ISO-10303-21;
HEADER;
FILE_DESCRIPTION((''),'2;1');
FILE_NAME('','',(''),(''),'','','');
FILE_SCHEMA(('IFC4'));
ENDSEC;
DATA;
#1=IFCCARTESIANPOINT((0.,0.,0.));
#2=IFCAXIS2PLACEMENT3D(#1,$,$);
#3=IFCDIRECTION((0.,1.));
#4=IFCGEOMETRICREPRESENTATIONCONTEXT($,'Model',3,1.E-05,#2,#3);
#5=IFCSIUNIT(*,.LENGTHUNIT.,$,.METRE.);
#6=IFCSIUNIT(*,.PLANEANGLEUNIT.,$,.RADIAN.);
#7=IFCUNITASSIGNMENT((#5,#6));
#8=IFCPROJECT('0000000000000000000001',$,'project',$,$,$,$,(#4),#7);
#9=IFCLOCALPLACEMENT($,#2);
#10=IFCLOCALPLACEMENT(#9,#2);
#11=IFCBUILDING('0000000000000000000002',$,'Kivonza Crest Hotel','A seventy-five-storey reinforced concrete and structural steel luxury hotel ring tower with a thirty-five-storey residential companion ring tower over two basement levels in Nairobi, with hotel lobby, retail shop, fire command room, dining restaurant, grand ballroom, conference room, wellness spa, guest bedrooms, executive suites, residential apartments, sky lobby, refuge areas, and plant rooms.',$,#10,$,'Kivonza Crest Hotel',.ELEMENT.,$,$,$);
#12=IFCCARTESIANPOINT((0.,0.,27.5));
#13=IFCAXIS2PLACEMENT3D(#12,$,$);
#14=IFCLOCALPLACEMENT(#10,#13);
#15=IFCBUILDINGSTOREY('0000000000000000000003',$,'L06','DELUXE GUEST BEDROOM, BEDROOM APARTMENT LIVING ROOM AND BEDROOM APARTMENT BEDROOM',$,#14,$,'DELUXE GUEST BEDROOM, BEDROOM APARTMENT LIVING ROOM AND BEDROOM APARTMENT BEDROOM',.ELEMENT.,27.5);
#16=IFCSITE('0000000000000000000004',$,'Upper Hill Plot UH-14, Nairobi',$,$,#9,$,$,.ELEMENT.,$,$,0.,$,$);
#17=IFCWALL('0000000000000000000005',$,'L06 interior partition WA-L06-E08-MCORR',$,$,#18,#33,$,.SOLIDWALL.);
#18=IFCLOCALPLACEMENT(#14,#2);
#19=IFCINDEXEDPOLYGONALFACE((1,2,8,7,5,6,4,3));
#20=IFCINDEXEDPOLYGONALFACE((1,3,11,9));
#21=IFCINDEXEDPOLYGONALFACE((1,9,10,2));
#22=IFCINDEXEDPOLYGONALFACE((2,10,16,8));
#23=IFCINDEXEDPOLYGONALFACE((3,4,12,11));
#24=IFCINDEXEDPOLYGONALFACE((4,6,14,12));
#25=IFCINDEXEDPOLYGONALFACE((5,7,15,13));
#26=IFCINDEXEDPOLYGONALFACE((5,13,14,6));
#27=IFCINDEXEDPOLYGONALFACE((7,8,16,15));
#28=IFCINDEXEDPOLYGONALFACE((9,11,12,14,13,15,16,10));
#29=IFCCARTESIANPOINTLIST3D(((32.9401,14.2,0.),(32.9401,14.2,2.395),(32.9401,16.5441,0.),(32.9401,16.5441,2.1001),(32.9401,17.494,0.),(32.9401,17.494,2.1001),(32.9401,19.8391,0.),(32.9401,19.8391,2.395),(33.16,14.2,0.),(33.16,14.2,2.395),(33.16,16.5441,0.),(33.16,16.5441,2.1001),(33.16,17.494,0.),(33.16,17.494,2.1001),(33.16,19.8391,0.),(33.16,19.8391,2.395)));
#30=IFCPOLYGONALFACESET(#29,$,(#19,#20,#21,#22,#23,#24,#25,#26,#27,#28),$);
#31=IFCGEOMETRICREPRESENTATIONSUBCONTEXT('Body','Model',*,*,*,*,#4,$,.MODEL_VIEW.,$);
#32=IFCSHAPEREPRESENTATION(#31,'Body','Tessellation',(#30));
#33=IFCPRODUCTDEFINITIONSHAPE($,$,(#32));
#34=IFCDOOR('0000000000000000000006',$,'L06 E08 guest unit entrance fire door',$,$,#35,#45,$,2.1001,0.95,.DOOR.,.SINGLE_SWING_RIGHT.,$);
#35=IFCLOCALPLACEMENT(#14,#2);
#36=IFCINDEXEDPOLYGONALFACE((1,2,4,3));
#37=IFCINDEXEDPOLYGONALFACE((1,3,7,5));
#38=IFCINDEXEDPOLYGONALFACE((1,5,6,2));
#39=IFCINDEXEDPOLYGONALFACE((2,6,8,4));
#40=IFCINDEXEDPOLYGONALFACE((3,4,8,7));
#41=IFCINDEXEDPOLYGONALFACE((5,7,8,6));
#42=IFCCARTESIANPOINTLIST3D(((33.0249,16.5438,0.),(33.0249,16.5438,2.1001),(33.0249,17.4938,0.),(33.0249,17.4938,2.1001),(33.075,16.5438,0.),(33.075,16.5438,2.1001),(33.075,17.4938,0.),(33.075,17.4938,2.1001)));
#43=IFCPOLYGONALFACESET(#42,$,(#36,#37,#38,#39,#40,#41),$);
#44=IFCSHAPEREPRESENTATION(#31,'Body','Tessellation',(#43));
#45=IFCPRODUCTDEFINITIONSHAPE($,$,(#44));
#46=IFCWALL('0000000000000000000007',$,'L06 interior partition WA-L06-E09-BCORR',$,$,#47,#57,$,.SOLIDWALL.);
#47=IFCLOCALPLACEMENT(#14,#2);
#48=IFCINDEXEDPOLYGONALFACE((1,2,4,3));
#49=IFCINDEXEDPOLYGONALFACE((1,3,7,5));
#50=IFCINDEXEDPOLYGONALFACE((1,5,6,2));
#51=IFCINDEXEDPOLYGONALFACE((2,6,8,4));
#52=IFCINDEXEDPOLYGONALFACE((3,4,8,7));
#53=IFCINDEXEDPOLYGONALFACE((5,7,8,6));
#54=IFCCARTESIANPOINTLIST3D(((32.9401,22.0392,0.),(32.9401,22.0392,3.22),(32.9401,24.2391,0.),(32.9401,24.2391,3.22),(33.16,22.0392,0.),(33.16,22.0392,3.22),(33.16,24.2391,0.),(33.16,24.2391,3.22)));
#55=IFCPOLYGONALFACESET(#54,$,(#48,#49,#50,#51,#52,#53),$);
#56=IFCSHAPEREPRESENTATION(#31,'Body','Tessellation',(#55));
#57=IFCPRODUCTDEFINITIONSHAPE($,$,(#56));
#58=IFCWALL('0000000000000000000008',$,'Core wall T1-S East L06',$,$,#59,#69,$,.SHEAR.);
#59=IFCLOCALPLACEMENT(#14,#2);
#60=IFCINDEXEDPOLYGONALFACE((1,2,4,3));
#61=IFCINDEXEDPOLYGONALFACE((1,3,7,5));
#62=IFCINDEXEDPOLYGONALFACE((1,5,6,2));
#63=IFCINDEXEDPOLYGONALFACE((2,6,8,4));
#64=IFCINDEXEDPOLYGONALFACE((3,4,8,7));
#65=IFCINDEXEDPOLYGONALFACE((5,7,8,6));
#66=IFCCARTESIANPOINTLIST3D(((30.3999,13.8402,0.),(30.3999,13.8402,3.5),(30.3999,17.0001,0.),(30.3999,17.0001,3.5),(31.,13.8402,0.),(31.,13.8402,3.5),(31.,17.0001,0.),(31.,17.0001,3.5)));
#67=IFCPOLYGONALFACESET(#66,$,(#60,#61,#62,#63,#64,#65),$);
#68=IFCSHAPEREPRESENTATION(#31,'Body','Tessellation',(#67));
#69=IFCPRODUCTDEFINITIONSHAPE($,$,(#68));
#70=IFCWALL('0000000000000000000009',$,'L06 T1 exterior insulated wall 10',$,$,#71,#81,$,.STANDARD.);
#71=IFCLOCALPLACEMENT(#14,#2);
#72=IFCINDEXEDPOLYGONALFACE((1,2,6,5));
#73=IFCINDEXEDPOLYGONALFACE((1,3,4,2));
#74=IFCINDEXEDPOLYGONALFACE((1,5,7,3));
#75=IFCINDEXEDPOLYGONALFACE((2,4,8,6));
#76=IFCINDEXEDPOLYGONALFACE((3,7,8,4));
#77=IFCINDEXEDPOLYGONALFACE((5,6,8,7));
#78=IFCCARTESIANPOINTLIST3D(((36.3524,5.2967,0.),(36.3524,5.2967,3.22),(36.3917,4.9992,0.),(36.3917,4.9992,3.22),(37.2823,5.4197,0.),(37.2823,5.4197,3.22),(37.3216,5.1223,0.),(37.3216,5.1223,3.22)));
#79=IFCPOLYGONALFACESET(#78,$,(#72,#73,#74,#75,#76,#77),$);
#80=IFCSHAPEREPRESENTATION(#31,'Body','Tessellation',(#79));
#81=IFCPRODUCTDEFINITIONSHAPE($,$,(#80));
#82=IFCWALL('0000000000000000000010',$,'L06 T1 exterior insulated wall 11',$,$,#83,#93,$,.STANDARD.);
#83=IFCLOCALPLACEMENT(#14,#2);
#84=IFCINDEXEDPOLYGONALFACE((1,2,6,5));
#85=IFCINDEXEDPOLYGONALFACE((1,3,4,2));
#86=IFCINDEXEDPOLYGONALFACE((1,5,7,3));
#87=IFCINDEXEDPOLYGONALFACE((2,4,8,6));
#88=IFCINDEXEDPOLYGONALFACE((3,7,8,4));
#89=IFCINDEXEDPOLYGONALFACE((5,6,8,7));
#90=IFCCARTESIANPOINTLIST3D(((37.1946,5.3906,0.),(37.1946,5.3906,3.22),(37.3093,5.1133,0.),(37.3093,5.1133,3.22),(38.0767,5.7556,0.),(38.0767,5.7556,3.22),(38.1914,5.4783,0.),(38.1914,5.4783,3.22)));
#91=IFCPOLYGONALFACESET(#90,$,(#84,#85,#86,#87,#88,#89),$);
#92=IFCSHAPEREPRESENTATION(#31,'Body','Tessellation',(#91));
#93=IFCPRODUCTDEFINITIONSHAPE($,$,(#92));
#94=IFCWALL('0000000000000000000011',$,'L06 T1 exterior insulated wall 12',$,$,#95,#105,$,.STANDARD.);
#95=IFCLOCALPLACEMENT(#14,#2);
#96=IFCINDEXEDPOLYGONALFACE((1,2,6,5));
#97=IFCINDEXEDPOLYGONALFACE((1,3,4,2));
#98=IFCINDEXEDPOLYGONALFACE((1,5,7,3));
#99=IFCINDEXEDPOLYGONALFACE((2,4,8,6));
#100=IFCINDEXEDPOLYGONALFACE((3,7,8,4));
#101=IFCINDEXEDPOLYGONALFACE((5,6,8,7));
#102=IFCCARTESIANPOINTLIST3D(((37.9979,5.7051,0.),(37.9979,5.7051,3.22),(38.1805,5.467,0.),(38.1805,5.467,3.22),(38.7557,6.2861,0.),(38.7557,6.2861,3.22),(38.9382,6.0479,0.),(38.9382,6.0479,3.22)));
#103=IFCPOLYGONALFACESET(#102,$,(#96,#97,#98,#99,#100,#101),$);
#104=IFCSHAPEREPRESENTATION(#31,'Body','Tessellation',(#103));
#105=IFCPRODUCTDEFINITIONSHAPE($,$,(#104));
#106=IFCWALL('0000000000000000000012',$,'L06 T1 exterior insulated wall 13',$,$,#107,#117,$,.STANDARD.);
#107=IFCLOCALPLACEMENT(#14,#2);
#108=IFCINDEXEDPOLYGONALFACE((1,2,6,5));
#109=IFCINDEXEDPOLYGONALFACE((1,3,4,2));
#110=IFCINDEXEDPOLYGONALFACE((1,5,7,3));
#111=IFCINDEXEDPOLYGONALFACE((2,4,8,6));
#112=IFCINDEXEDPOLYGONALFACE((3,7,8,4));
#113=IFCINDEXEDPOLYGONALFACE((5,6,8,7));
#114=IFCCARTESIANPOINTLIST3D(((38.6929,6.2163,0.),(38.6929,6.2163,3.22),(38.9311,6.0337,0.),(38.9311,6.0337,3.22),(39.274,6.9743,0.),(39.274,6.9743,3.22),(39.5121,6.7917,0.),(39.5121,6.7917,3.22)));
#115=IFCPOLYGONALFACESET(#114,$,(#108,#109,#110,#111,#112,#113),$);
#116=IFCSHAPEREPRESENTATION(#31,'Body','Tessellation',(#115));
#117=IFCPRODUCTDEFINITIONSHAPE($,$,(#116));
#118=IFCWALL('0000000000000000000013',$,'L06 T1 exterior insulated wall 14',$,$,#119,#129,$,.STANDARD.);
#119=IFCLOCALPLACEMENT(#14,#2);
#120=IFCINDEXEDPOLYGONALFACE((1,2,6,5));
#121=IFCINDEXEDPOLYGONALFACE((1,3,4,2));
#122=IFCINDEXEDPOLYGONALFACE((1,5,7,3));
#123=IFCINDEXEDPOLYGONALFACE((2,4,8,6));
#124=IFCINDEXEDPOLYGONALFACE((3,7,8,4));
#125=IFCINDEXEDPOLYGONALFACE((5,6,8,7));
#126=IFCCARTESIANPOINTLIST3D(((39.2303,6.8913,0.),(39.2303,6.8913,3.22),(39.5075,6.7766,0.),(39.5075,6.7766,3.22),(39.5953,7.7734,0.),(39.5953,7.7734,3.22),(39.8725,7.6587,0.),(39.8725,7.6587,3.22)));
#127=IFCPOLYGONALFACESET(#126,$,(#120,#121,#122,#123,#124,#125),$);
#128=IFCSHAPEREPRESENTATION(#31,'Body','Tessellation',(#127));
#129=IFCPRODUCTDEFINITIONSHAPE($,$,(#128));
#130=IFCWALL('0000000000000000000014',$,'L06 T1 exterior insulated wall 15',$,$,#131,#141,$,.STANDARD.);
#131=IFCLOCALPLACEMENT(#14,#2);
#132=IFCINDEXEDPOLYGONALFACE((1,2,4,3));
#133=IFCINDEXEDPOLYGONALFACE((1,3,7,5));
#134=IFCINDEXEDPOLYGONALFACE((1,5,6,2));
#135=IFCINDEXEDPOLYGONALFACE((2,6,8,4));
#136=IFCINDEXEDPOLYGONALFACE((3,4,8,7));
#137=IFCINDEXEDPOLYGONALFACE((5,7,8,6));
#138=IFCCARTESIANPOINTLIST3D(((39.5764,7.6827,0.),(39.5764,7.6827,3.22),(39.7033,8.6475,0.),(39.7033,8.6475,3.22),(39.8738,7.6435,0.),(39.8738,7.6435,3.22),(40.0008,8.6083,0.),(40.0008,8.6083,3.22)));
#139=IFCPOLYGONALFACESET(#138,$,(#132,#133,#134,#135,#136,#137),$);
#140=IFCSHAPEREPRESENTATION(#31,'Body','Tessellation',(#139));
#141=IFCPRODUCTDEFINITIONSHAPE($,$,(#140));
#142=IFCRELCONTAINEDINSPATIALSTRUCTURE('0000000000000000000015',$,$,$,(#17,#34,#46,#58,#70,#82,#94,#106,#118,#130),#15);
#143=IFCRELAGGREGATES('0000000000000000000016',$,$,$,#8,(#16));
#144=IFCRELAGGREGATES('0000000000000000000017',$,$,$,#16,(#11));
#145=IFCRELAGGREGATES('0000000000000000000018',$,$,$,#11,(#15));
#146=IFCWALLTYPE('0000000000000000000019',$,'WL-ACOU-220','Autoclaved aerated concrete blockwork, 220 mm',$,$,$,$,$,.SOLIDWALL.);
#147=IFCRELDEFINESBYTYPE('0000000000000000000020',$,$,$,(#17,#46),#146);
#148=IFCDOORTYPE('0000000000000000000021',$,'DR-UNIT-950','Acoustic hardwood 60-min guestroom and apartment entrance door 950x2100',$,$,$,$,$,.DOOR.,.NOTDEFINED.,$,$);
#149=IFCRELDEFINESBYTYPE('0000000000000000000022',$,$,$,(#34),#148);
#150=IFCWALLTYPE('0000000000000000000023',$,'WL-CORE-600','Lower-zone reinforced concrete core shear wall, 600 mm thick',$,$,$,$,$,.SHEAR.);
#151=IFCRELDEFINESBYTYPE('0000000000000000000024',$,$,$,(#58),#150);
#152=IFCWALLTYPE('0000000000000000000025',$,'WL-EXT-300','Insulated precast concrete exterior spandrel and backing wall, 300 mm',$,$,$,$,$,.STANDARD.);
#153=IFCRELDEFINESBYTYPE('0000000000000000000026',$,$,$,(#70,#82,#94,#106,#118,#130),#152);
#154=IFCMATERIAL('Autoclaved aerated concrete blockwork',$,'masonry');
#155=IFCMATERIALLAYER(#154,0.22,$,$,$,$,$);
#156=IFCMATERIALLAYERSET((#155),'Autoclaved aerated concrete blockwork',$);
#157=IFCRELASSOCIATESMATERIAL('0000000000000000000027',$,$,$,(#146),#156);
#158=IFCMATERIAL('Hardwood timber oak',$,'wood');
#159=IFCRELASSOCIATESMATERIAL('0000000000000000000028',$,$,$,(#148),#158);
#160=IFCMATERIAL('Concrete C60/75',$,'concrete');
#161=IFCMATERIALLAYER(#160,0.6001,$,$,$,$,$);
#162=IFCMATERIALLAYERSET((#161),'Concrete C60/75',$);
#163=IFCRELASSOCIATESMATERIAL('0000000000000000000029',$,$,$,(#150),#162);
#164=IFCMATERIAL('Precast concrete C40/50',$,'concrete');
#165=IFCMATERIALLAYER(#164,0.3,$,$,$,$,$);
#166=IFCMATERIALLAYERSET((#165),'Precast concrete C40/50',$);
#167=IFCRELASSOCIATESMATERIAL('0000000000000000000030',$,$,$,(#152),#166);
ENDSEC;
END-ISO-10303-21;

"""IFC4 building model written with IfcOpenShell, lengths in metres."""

from ifc_helpers import new_model, si_unit, direction, frame, frame_2d, origin, place, context, subcontext, project, spatial, rectangle, extrude, material, layer, layer_set, type_object, element, fill, save


model = new_model("IFC4")

# Units and contexts
model_context = context("Model", 3, precision=1e-05, world=origin(), true_north=direction((0.0, 1.0)))
body_context = subcontext(model_context, "Body", "Model", "MODEL_VIEW")
ifc_project = project(units=[si_unit("LENGTHUNIT", "METRE"), si_unit("PLANEANGLEUNIT", "RADIAN")], contexts=[model_context])

# Site, building, storey
site_placement = place(None, origin())
site = spatial("IfcSite", under=ifc_project, at=site_placement, Name="Upper Hill Plot UH-14, Nairobi", CompositionType="ELEMENT", RefElevation=0.0)
building_placement = place(site_placement, origin())
building = spatial("IfcBuilding", under=site, at=building_placement, Name="Kivonza Crest Hotel", Description="A seventy-five-storey reinforced concrete and structural steel luxury hotel ring tower with a thirty-five-storey residential companion ring tower over two basement levels in Nairobi, with hotel lobby, retail shop, fire command room, dining restaurant, grand ballroom, conference room, wellness spa, guest bedrooms, executive suites, residential apartments, sky lobby, refuge areas, and plant rooms.", LongName="Kivonza Crest Hotel", CompositionType="ELEMENT")
storey_placement = place(building_placement, frame((0.0, 0.0, 27.5)))
storey = spatial("IfcBuildingStorey", under=building, at=storey_placement, Name="L06", Description="DELUXE GUEST BEDROOM, BEDROOM APARTMENT LIVING ROOM AND BEDROOM APARTMENT BEDROOM", LongName="DELUXE GUEST BEDROOM, BEDROOM APARTMENT LIVING ROOM AND BEDROOM APARTMENT BEDROOM", CompositionType="ELEMENT", Elevation=27.5)

# Shared definitions
ifc_material_1 = material(Name="Concrete C60/75", Category="concrete")

# Shared definitions
ifc_material_2 = material(Name="Autoclaved aerated concrete blockwork", Category="masonry")
ifc_layer_1 = layer(ifc_material_2, 0.22)
ifc_layer_set_1 = layer_set([ifc_layer_1], Name="Autoclaved aerated concrete blockwork")
wall_type_1 = type_object("IfcWallType", Name="WL-ACOU-220", Description="Autoclaved aerated concrete blockwork, 220 mm", PredefinedType="SOLIDWALL", material=ifc_layer_set_1)

# Wall, opening, door
wall_1_placement = place(storey_placement, frame((33.05, 14.2, 0.0), z_axis=(0.0, 0.0, 1.0), x_axis=(0.0, 1.0, 0.0)))
wall_1 = element("IfcWall", 1, at=wall_1_placement, inside=storey, type_object=wall_type_1, Name="L06 interior partition WA-L06-E08-MCORR", PredefinedType="SOLIDWALL", context=body_context, shape_type="SweptSolid", body=[
    extrude(rectangle(XDim=5.6392, YDim=0.22, at=frame_2d((2.8196, 0.0))), origin(), (0.0, 0.0, 1.0), 2.395),
])
opening_1_placement = place(wall_1_placement, frame((2.344, 0.0, 0.0)))
opening_1 = element("IfcOpeningElement", 2, at=opening_1_placement, cuts=wall_1, PredefinedType="OPENING", context=body_context, shape_type="SweptSolid", body=[
    extrude(rectangle(XDim=0.95, YDim=2.1001, at=frame_2d((0.4751, 1.05))), frame((0.0, 0.1201, 0.0), z_axis=(0.0, -1.0, 0.0), x_axis=(1.0, 0.0, 0.0)), (0.0, 0.0, 1.0), 0.24),
])
ifc_material_3 = material(Name="Hardwood timber oak", Category="wood")
door_type_1 = type_object("IfcDoorType", Name="DR-UNIT-950", Description="Acoustic hardwood 60-min guestroom and apartment entrance door 950x2100", OperationType="NOTDEFINED", PredefinedType="DOOR", material=ifc_material_3)
door_1_placement = place(opening_1_placement, frame((0.95, 0.0, 0.0), z_axis=(0.0, 0.0, 1.0), x_axis=(-1.0, 0.0, 0.0)))
door_1 = element("IfcDoor", 3, at=door_1_placement, inside=storey, type_object=door_type_1, Name="L06 E08 guest unit entrance fire door", OperationType="SINGLE_SWING_RIGHT", OverallHeight=2.1001, OverallWidth=0.95, PredefinedType="DOOR", context=body_context, shape_type="SweptSolid", body=[
    extrude(rectangle(XDim=0.95, YDim=2.1001, at=frame_2d((0.4751, 1.05))), frame((0.0, 0.0249, 0.0), z_axis=(0.0, -1.0, 0.0), x_axis=(1.0, 0.0, 0.0)), (0.0, 0.0, 1.0), 0.05),
])
fill(opening_1, door_1)

# Walls
wall_2_placement = place(storey_placement, frame((33.05, 22.0391, 0.0), z_axis=(0.0, 0.0, 1.0), x_axis=(0.0, 1.0, 0.0)))
element("IfcWall", 4, at=wall_2_placement, inside=storey, type_object=wall_type_1, Name="L06 interior partition WA-L06-E09-BCORR", PredefinedType="SOLIDWALL", context=body_context, shape_type="SweptSolid", body=[
    extrude(rectangle(XDim=2.2, YDim=0.22, at=frame_2d((1.1001, 0.0))), origin(), (0.0, 0.0, 1.0), 3.22),
])
ifc_layer_2 = layer(ifc_material_1, 0.6001)
ifc_layer_set_2 = layer_set([ifc_layer_2], Name="Concrete C60/75")
wall_type_2 = type_object("IfcWallType", Name="WL-CORE-600", Description="Lower-zone reinforced concrete core shear wall, 600 mm thick", PredefinedType="SHEAR", material=ifc_layer_set_2)
wall_3_placement = place(storey_placement, frame((30.7, 13.8401, 0.0), z_axis=(0.0, 0.0, 1.0), x_axis=(0.0, 1.0, 0.0)))
element("IfcWall", 5, at=wall_3_placement, inside=storey, type_object=wall_type_2, Name="Core wall T1-S East L06", PredefinedType="SHEAR", context=body_context, shape_type="SweptSolid", body=[
    extrude(rectangle(XDim=3.1599, YDim=0.6001, at=frame_2d((1.5801, 0.0))), origin(), (0.0, 0.0, 1.0), 3.5),
])
ifc_material_4 = material(Name="Precast concrete C40/50", Category="concrete")
ifc_layer_3 = layer(ifc_material_4, 0.3)
ifc_layer_set_3 = layer_set([ifc_layer_3], Name="Precast concrete C40/50")
wall_type_3 = type_object("IfcWallType", Name="WL-EXT-300", Description="Insulated precast concrete exterior spandrel and backing wall, 300 mm", PredefinedType="STANDARD", material=ifc_layer_set_3)
wall_4_placement = place(storey_placement, frame((36.3721, 5.1479, 0.0), z_axis=(0.0, 0.0, 1.0), x_axis=(0.991359, 0.131175, 0.0)))
element("IfcWall", 6, at=wall_4_placement, inside=storey, type_object=wall_type_3, Name="L06 T1 exterior insulated wall 10", PredefinedType="STANDARD", context=body_context, shape_type="SweptSolid", body=[
    extrude(rectangle(XDim=0.938, YDim=0.3, at=frame_2d((0.469, 0.0))), origin(), (0.0, 0.0, 1.0), 3.22),
])
wall_5_placement = place(storey_placement, frame((37.252, 5.252, 0.0), z_axis=(0.0, 0.0, 1.0), x_axis=(0.92402, 0.382344, 0.0)))
element("IfcWall", 7, at=wall_5_placement, inside=storey, type_object=wall_type_3, Name="L06 T1 exterior insulated wall 11", PredefinedType="STANDARD", context=body_context, shape_type="SweptSolid", body=[
    extrude(rectangle(XDim=0.9546, YDim=0.3, at=frame_2d((0.4773, 0.0))), origin(), (0.0, 0.0, 1.0), 3.22),
])
wall_6_placement = place(storey_placement, frame((38.0891, 5.5859, 0.0), z_axis=(0.0, 0.0, 1.0), x_axis=(0.793573, 0.608474, 0.0)))
element("IfcWall", 8, at=wall_6_placement, inside=storey, type_object=wall_type_3, Name="L06 T1 exterior insulated wall 12", PredefinedType="STANDARD", context=body_context, shape_type="SweptSolid", body=[
    extrude(rectangle(XDim=0.9548, YDim=0.3, at=frame_2d((0.4775, 0.0))), origin(), (0.0, 0.0, 1.0), 3.22),
])
wall_7_placement = place(storey_placement, frame((38.812, 6.125, 0.0), z_axis=(0.0, 0.0, 1.0), x_axis=(0.608351, 0.793668, 0.0)))
element("IfcWall", 9, at=wall_7_placement, inside=storey, type_object=wall_type_3, Name="L06 T1 exterior insulated wall 13", PredefinedType="STANDARD", context=body_context, shape_type="SweptSolid", body=[
    extrude(rectangle(XDim=0.9551, YDim=0.3, at=frame_2d((0.4775, 0.0))), origin(), (0.0, 0.0, 1.0), 3.22),
])
wall_8_placement = place(storey_placement, frame((39.3689, 6.834, 0.0), z_axis=(0.0, 0.0, 1.0), x_axis=(0.382344, 0.92402, 0.0)))
element("IfcWall", 10, at=wall_8_placement, inside=storey, type_object=wall_type_3, Name="L06 T1 exterior insulated wall 14", PredefinedType="STANDARD", context=body_context, shape_type="SweptSolid", body=[
    extrude(rectangle(XDim=0.9546, YDim=0.3, at=frame_2d((0.4773, 0.0))), origin(), (0.0, 0.0, 1.0), 3.22),
])
wall_9_placement = place(storey_placement, frame((39.7251, 7.6631, 0.0), z_axis=(0.0, 0.0, 1.0), x_axis=(0.130455, 0.991454, 0.0)))
element("IfcWall", 11, at=wall_9_placement, inside=storey, type_object=wall_type_3, Name="L06 T1 exterior insulated wall 15", PredefinedType="STANDARD", context=body_context, shape_type="SweptSolid", body=[
    extrude(rectangle(XDim=0.9731, YDim=0.3, at=frame_2d((0.4866, 0.0))), origin(), (0.0, 0.0, 1.0), 3.22),
])

save(model, "model.ifc")
